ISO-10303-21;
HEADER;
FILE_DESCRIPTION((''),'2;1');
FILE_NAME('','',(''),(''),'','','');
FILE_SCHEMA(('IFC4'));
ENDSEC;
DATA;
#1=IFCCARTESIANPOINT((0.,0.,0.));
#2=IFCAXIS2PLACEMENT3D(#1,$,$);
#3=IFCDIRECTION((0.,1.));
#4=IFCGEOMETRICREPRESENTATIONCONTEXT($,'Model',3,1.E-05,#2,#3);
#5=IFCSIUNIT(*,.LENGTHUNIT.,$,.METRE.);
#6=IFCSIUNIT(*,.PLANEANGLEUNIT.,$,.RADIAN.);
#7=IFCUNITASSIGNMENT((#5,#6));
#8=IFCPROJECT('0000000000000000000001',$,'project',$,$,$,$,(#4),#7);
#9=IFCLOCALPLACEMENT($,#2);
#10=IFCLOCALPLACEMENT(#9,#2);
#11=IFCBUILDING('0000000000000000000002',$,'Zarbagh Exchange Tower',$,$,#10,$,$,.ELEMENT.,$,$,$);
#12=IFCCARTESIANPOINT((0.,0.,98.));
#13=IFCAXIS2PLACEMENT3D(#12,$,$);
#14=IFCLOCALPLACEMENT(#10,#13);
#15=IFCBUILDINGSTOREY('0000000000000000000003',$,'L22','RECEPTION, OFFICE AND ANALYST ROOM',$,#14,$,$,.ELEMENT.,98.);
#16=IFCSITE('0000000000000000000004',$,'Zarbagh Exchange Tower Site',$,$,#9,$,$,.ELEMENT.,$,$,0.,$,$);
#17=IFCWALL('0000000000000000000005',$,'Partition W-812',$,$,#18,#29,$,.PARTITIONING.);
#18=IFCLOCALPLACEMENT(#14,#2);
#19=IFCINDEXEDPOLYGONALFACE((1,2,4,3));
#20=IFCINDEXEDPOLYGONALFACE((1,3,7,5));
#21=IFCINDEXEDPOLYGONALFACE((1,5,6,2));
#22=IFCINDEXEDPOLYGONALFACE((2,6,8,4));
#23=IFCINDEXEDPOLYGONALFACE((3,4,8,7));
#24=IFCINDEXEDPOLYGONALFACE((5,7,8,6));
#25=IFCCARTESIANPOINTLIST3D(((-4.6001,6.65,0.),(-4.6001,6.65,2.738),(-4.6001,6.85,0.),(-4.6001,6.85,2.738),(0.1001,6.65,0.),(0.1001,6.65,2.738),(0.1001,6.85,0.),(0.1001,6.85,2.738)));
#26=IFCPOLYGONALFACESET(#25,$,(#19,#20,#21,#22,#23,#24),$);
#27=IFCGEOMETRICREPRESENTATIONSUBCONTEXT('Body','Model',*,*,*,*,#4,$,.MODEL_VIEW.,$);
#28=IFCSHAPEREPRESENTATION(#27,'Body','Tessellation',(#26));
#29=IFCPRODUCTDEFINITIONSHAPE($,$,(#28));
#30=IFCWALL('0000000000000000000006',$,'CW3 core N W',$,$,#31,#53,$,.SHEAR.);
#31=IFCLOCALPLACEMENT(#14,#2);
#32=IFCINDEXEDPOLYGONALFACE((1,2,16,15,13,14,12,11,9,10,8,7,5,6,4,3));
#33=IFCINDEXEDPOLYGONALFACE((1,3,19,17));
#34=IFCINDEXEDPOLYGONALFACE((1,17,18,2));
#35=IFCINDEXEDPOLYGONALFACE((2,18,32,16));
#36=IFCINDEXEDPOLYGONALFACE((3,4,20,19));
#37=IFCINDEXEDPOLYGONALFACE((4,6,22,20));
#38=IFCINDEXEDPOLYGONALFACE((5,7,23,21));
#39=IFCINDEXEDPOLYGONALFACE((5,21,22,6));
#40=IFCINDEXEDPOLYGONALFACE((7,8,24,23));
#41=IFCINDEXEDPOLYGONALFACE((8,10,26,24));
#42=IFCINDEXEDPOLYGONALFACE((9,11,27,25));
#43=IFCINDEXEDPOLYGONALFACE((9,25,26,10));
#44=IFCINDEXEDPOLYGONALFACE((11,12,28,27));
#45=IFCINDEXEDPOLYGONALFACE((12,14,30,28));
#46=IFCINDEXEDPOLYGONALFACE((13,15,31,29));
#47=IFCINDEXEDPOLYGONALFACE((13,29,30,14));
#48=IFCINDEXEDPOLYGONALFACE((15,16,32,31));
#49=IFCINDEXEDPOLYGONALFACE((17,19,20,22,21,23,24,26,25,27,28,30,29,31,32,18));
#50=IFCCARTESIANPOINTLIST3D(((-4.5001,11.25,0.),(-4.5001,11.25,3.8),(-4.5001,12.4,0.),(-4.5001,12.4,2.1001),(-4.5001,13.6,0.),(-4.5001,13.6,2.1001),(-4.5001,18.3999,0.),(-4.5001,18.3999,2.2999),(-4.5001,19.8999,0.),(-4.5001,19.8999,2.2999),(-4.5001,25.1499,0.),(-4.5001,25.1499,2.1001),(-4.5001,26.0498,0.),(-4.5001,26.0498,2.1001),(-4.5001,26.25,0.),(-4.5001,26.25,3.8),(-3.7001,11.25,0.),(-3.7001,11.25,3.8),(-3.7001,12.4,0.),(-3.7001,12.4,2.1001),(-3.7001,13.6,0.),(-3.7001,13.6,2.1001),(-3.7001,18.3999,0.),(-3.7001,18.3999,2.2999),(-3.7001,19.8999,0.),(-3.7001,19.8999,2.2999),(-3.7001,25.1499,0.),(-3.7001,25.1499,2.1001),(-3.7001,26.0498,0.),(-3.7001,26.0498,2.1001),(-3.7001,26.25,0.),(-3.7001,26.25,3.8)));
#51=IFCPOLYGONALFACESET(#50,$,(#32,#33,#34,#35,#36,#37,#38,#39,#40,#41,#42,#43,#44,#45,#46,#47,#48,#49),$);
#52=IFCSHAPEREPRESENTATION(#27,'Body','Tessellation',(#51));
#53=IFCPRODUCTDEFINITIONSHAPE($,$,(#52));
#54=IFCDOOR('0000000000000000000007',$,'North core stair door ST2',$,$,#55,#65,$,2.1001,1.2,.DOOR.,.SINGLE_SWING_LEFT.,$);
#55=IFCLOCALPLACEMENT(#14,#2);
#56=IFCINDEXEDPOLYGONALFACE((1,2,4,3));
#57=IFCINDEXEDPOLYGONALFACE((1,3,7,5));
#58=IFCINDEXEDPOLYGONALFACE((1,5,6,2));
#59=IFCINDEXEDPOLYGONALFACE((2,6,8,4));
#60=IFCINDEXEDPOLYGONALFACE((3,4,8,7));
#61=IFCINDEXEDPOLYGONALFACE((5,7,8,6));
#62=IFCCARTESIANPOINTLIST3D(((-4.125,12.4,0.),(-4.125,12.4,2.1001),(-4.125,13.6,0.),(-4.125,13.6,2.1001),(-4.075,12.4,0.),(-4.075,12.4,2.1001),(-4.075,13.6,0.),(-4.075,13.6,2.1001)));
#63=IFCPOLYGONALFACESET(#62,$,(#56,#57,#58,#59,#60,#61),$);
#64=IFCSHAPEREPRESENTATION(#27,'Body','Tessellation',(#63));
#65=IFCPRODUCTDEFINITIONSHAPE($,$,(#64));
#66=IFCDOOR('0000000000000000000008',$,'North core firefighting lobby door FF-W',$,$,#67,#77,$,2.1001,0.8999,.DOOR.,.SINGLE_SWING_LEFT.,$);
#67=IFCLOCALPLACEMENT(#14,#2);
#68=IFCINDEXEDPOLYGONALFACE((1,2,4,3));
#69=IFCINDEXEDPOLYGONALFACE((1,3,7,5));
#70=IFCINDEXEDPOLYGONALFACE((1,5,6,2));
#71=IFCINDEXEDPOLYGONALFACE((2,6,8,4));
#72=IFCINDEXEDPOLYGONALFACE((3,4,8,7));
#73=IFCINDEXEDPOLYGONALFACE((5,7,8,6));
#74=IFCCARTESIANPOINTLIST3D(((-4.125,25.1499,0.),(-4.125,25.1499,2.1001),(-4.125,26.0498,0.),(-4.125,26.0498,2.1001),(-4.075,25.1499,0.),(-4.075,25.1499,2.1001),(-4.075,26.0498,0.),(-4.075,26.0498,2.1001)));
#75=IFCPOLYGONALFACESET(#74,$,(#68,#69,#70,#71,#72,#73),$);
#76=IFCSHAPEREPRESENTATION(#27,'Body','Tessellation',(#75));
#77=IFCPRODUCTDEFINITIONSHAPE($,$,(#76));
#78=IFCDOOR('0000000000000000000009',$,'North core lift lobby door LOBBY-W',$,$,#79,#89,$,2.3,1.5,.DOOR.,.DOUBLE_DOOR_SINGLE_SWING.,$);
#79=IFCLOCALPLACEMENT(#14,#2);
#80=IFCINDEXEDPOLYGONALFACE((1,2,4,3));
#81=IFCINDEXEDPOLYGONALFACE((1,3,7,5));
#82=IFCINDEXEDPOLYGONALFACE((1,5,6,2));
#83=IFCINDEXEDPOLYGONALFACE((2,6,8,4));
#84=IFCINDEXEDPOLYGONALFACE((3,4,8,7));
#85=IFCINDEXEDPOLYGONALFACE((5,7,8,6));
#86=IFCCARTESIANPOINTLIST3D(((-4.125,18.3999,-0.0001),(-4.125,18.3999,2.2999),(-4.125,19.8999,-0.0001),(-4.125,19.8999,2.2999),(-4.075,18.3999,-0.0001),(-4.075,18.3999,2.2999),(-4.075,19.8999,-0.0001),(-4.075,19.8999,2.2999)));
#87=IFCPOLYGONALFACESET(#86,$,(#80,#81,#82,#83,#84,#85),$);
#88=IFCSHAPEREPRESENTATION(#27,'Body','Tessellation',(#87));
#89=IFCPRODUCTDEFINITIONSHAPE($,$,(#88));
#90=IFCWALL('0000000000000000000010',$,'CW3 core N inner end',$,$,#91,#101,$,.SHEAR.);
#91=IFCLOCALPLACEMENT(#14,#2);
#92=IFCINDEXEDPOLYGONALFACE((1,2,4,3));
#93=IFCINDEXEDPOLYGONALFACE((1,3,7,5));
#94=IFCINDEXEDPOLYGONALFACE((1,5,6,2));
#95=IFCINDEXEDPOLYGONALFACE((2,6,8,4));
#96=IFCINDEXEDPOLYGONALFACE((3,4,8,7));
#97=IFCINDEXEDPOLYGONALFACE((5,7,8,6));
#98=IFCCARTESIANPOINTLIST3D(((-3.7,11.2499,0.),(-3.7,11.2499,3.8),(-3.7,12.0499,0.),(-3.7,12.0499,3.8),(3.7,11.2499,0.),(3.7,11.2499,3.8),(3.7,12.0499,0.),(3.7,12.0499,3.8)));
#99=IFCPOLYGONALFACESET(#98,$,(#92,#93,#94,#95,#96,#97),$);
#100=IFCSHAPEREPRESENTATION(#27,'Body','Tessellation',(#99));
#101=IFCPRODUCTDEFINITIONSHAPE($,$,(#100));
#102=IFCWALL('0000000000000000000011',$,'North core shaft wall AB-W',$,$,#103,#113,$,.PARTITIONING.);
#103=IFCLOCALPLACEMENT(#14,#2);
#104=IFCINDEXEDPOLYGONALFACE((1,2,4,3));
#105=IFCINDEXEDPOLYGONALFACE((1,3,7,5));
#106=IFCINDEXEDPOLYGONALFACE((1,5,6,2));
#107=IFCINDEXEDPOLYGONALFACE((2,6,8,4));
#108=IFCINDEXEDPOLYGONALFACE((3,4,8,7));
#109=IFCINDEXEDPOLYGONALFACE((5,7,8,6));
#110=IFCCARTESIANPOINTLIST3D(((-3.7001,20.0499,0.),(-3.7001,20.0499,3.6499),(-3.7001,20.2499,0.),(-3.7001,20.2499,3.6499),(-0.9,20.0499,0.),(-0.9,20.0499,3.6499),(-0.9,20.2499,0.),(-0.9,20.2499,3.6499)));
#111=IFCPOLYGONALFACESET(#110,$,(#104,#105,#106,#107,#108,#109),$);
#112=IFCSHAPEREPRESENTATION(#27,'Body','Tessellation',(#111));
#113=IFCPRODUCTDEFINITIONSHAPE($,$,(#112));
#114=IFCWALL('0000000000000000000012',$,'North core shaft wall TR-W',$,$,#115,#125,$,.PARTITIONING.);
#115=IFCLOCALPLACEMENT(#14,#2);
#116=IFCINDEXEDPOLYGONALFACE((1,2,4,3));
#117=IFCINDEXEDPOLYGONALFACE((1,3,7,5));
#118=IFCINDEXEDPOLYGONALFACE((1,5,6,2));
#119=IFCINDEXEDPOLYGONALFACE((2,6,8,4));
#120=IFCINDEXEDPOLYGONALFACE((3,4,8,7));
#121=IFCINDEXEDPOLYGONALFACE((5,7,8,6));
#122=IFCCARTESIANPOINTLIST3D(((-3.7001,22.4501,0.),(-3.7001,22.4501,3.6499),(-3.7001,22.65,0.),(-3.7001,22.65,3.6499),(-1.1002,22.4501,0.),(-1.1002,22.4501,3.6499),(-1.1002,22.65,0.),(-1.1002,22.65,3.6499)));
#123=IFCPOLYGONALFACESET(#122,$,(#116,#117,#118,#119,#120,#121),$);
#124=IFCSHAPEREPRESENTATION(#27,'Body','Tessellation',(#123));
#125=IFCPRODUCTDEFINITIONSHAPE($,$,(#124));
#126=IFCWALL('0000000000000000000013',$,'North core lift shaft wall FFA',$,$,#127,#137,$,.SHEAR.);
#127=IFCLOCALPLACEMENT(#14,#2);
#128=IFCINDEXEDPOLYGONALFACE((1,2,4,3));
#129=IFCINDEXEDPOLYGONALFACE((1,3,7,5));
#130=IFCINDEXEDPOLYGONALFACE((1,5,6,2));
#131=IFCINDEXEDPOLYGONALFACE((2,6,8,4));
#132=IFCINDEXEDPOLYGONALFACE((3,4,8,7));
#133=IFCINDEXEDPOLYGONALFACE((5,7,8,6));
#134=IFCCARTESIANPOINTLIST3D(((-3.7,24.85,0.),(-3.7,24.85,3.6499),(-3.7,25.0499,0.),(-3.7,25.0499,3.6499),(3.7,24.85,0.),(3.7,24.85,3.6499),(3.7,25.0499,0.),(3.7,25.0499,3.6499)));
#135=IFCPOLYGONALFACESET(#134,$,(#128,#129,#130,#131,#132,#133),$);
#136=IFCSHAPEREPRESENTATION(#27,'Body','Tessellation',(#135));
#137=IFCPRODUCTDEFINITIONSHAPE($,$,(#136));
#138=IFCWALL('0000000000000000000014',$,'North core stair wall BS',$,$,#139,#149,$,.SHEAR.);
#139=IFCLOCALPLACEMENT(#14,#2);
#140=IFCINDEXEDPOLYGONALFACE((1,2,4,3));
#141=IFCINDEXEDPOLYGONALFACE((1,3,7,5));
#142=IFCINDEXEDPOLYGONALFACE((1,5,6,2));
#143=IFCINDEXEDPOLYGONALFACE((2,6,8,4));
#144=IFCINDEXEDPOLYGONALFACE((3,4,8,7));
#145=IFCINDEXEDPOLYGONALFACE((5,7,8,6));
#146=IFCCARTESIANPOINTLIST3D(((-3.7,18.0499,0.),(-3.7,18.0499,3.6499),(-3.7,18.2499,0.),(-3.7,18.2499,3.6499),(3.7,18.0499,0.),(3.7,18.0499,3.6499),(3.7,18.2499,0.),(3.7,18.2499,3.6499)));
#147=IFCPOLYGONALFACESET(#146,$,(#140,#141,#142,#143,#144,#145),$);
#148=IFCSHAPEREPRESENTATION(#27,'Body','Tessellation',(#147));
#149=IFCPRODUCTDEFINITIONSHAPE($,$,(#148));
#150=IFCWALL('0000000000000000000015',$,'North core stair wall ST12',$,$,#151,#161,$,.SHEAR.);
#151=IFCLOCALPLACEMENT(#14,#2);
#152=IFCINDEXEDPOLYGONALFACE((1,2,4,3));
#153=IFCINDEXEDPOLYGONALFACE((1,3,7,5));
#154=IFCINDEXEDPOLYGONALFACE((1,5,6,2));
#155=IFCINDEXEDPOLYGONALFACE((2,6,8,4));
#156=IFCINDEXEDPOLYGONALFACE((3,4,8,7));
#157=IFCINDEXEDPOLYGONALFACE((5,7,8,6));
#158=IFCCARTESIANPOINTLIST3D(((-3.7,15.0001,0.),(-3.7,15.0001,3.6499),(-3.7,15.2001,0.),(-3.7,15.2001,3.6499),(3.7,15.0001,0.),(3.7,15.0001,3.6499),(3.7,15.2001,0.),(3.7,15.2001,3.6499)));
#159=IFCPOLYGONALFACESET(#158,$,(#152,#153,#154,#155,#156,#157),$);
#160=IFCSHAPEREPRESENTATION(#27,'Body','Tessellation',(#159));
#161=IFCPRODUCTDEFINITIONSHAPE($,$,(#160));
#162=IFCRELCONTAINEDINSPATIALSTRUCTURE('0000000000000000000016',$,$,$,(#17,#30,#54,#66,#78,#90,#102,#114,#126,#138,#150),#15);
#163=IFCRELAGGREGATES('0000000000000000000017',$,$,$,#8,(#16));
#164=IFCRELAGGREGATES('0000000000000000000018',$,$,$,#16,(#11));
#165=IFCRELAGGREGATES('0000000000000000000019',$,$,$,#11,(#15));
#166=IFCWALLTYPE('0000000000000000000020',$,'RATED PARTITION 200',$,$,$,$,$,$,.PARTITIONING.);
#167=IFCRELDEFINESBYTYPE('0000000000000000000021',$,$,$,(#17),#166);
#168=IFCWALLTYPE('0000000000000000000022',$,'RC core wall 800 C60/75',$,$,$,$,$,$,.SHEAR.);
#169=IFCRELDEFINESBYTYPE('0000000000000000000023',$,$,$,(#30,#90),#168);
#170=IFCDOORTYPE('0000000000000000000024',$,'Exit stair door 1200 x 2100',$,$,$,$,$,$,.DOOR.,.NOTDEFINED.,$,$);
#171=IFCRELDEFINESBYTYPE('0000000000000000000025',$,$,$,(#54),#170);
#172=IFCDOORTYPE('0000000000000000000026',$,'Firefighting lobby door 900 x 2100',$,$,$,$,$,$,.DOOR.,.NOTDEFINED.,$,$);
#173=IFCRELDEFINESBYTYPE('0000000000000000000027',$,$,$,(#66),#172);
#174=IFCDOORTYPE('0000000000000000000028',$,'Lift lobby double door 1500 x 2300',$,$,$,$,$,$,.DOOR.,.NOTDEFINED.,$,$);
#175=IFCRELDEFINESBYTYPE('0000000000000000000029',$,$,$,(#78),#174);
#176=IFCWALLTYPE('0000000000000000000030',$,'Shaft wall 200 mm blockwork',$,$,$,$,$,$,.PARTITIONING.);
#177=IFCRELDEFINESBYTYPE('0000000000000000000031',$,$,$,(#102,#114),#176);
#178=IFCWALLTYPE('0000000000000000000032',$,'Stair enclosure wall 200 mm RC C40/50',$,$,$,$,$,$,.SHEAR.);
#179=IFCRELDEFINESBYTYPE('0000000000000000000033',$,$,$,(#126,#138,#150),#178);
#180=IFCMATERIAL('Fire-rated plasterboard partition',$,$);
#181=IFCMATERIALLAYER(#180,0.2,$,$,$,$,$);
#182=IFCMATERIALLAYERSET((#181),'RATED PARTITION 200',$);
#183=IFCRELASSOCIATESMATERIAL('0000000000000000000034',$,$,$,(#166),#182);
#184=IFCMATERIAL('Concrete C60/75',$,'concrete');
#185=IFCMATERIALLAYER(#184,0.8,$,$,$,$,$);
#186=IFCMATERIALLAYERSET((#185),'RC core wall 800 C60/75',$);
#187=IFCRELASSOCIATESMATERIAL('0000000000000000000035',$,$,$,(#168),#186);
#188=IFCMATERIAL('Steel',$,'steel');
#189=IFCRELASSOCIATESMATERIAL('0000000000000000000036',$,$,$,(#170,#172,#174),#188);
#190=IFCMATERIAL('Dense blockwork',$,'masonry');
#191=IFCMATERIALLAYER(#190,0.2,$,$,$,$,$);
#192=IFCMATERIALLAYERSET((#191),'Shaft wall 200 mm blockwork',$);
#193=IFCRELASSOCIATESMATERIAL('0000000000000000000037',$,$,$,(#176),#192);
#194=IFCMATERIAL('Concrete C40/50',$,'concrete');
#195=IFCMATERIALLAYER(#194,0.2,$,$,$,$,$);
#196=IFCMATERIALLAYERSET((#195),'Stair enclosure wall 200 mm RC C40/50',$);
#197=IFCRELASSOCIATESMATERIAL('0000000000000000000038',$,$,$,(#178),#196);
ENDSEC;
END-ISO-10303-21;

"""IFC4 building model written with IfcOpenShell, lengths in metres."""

from ifc_helpers import new_model, si_unit, direction, frame, frame_2d, origin, place, context, subcontext, project, spatial, rectangle, extrude, material, layer, layer_set, type_object, element, fill, save


model = new_model("IFC4")

# Units and contexts
model_context = context("Model", 3, precision=1e-05, world=origin(), true_north=direction((0.0, 1.0)))
body_context = subcontext(model_context, "Body", "Model", "MODEL_VIEW")
ifc_project = project(units=[si_unit("LENGTHUNIT", "METRE"), si_unit("PLANEANGLEUNIT", "RADIAN")], contexts=[model_context])

# Site, building, storey
site_placement = place(None, origin())
site = spatial("IfcSite", under=ifc_project, at=site_placement, Name="Zarbagh Exchange Tower Site", CompositionType="ELEMENT", RefElevation=0.0)
building_placement = place(site_placement, origin())
building = spatial("IfcBuilding", under=site, at=building_placement, Name="Zarbagh Exchange Tower", CompositionType="ELEMENT")
storey_placement = place(building_placement, frame((0.0, 0.0, 98.0)))
storey = spatial("IfcBuildingStorey", under=building, at=storey_placement, Name="L22", Description="RECEPTION, OFFICE AND ANALYST ROOM", CompositionType="ELEMENT", Elevation=98.0)

# Shared definitions
ifc_material_1 = material(Name="Concrete C60/75", Category="concrete")

# Shared definitions
ifc_material_2 = material(Name="Fire-rated plasterboard partition")
ifc_layer_1 = layer(ifc_material_2, 0.2)
ifc_layer_set_1 = layer_set([ifc_layer_1], Name="RATED PARTITION 200")
wall_type_1 = type_object("IfcWallType", Name="RATED PARTITION 200", PredefinedType="PARTITIONING", material=ifc_layer_set_1)

# Wall
wall_1_placement = place(storey_placement, frame((-4.6001, 6.75, 0.0), z_axis=(0.0, 0.0, 1.0), x_axis=(1.0, 0.0, 0.0)))
element("IfcWall", 1, at=wall_1_placement, inside=storey, type_object=wall_type_1, Name="Partition W-812", PredefinedType="PARTITIONING", context=body_context, shape_type="SweptSolid", body=[
    extrude(rectangle(XDim=4.7002, YDim=0.2, at=frame_2d((2.3501, 0.0))), origin(), (0.0, 0.0, 1.0), 2.738),
])

# Wall, openings, doors
ifc_layer_2 = layer(ifc_material_1, 0.8)
ifc_layer_set_2 = layer_set([ifc_layer_2], Name="RC core wall 800 C60/75")
wall_type_2 = type_object("IfcWallType", Name="RC core wall 800 C60/75", PredefinedType="SHEAR", material=ifc_layer_set_2)
wall_2_placement = place(storey_placement, frame((-4.1001, 11.25, 0.0), z_axis=(0.0, 0.0, 1.0), x_axis=(0.0, 1.0, 0.0)))
wall_2 = element("IfcWall", 2, at=wall_2_placement, inside=storey, type_object=wall_type_2, Name="CW3 core N W", PredefinedType="SHEAR", context=body_context, shape_type="SweptSolid", body=[
    extrude(rectangle(XDim=15.0, YDim=0.8, at=frame_2d((7.5, 0.0))), origin(), (0.0, 0.0, 1.0), 3.8),
])
opening_1_placement = place(wall_2_placement, frame((7.1499, 0.0, 0.0)))
opening_1 = element("IfcOpeningElement", 3, at=opening_1_placement, cuts=wall_2, PredefinedType="OPENING", context=body_context, shape_type="SweptSolid", body=[
    extrude(rectangle(XDim=1.5, YDim=2.3, at=frame_2d((0.75, 1.1499))), frame((0.0, 0.4099, 0.0), z_axis=(0.0, -1.0, 0.0), x_axis=(1.0, 0.0, 0.0)), (0.0, 0.0, 1.0), 0.8201),
])
opening_2_placement = place(wall_2_placement, frame((13.8999, 0.0, 0.0)))
opening_2 = element("IfcOpeningElement", 4, at=opening_2_placement, cuts=wall_2, PredefinedType="OPENING", context=body_context, shape_type="SweptSolid", body=[
    extrude(rectangle(XDim=0.8999, YDim=2.1001, at=frame_2d((0.45, 1.05))), frame((0.0, 0.4099, 0.0), z_axis=(0.0, -1.0, 0.0), x_axis=(1.0, 0.0, 0.0)), (0.0, 0.0, 1.0), 0.8201),
])
opening_3_placement = place(wall_2_placement, frame((1.1499, 0.0, 0.0)))
opening_3 = element("IfcOpeningElement", 5, at=opening_3_placement, cuts=wall_2, PredefinedType="OPENING", context=body_context, shape_type="SweptSolid", body=[
    extrude(rectangle(XDim=1.2, YDim=2.1001, at=frame_2d((0.6001, 1.05))), frame((0.0, 0.4099, 0.0), z_axis=(0.0, -1.0, 0.0), x_axis=(1.0, 0.0, 0.0)), (0.0, 0.0, 1.0), 0.8201),
])
ifc_material_3 = material(Name="Steel", Category="steel")
door_type_1 = type_object("IfcDoorType", Name="Exit stair door 1200 x 2100", OperationType="NOTDEFINED", PredefinedType="DOOR", material=ifc_material_3)
door_1_placement = place(opening_3_placement, origin())
door_1 = element("IfcDoor", 6, at=door_1_placement, inside=storey, type_object=door_type_1, Name="North core stair door ST2", OperationType="SINGLE_SWING_LEFT", OverallHeight=2.1001, OverallWidth=1.2, PredefinedType="DOOR", context=body_context, shape_type="SweptSolid", body=[
    extrude(rectangle(XDim=1.2, YDim=2.1001, at=frame_2d((0.6001, 1.05))), frame((0.0, 0.0249, 0.0), z_axis=(0.0, -1.0, 0.0), x_axis=(1.0, 0.0, 0.0)), (0.0, 0.0, 1.0), 0.05),
])
fill(opening_3, door_1)
door_type_2 = type_object("IfcDoorType", Name="Firefighting lobby door 900 x 2100", OperationType="NOTDEFINED", PredefinedType="DOOR", material=ifc_material_3)
door_2_placement = place(opening_2_placement, origin())
door_2 = element("IfcDoor", 7, at=door_2_placement, inside=storey, type_object=door_type_2, Name="North core firefighting lobby door FF-W", OperationType="SINGLE_SWING_LEFT", OverallHeight=2.1001, OverallWidth=0.8999, PredefinedType="DOOR", context=body_context, shape_type="SweptSolid", body=[
    extrude(rectangle(XDim=0.8999, YDim=2.1001, at=frame_2d((0.45, 1.05))), frame((0.0, 0.0249, 0.0), z_axis=(0.0, -1.0, 0.0), x_axis=(1.0, 0.0, 0.0)), (0.0, 0.0, 1.0), 0.05),
])
fill(opening_2, door_2)
door_type_3 = type_object("IfcDoorType", Name="Lift lobby double door 1500 x 2300", OperationType="NOTDEFINED", PredefinedType="DOOR", material=ifc_material_3)
door_3_placement = place(opening_1_placement, origin())
door_3 = element("IfcDoor", 8, at=door_3_placement, inside=storey, type_object=door_type_3, Name="North core lift lobby door LOBBY-W", OperationType="DOUBLE_DOOR_SINGLE_SWING", OverallHeight=2.3, OverallWidth=1.5, PredefinedType="DOOR", context=body_context, shape_type="SweptSolid", body=[
    extrude(rectangle(XDim=1.5, YDim=2.3, at=frame_2d((0.75, 1.1499))), frame((0.0, 0.0249, 0.0), z_axis=(0.0, -1.0, 0.0), x_axis=(1.0, 0.0, 0.0)), (0.0, 0.0, 1.0), 0.05),
])
fill(opening_1, door_3)

# Walls
wall_3_placement = place(storey_placement, frame((-3.7, 11.6499, 0.0), z_axis=(0.0, 0.0, 1.0), x_axis=(1.0, 0.0, 0.0)))
element("IfcWall", 9, at=wall_3_placement, inside=storey, type_object=wall_type_2, Name="CW3 core N inner end", PredefinedType="SHEAR", context=body_context, shape_type="SweptSolid", body=[
    extrude(rectangle(XDim=7.3999, YDim=0.8, at=frame_2d((3.7, 0.0))), origin(), (0.0, 0.0, 1.0), 3.8),
])
ifc_material_4 = material(Name="Dense blockwork", Category="masonry")
ifc_layer_3 = layer(ifc_material_4, 0.2)
ifc_layer_set_3 = layer_set([ifc_layer_3], Name="Shaft wall 200 mm blockwork")
wall_type_3 = type_object("IfcWallType", Name="Shaft wall 200 mm blockwork", PredefinedType="PARTITIONING", material=ifc_layer_set_3)
wall_4_placement = place(storey_placement, frame((-3.7, 20.1499, 0.0), z_axis=(0.0, 0.0, 1.0), x_axis=(1.0, 0.0, 0.0)))
element("IfcWall", 10, at=wall_4_placement, inside=storey, type_object=wall_type_3, Name="North core shaft wall AB-W", PredefinedType="PARTITIONING", context=body_context, shape_type="SweptSolid", body=[
    extrude(rectangle(XDim=2.8, YDim=0.2, at=frame_2d((1.3999, 0.0))), origin(), (0.0, 0.0, 1.0), 3.6499),
])
wall_5_placement = place(storey_placement, frame((-3.7, 22.55, 0.0), z_axis=(0.0, 0.0, 1.0), x_axis=(1.0, 0.0, 0.0)))
element("IfcWall", 11, at=wall_5_placement, inside=storey, type_object=wall_type_3, Name="North core shaft wall TR-W", PredefinedType="PARTITIONING", context=body_context, shape_type="SweptSolid", body=[
    extrude(rectangle(XDim=2.5999, YDim=0.2, at=frame_2d((1.2998, 0.0))), origin(), (0.0, 0.0, 1.0), 3.6499),
])
ifc_material_5 = material(Name="Concrete C40/50", Category="concrete")
ifc_layer_4 = layer(ifc_material_5, 0.2)
ifc_layer_set_4 = layer_set([ifc_layer_4], Name="Stair enclosure wall 200 mm RC C40/50")
wall_type_4 = type_object("IfcWallType", Name="Stair enclosure wall 200 mm RC C40/50", PredefinedType="SHEAR", material=ifc_layer_set_4)
for number, where, z_axis, x_axis, name in (
    (12, (-3.7, 24.95, 0.0), (0.0, 0.0, 1.0), (1.0, 0.0, 0.0), "North core lift shaft wall FFA"),
    (13, (-3.7, 18.1499, 0.0), (0.0, 0.0, 1.0), (1.0, 0.0, 0.0), "North core stair wall BS"),
    (14, (-3.7, 15.1001, 0.0), (0.0, 0.0, 1.0), (1.0, 0.0, 0.0), "North core stair wall ST12"),
):
    element("IfcWall", number, at=place(storey_placement, frame(where, z_axis=z_axis, x_axis=x_axis)), inside=storey, type_object=wall_type_4, Name=name, PredefinedType="SHEAR", context=body_context, shape_type="SweptSolid", body=[
        extrude(rectangle(XDim=7.3999, YDim=0.2, at=frame_2d((3.7, 0.0))), origin(), (0.0, 0.0, 1.0), 3.6499),
    ])

save(model, "model.ifc")
